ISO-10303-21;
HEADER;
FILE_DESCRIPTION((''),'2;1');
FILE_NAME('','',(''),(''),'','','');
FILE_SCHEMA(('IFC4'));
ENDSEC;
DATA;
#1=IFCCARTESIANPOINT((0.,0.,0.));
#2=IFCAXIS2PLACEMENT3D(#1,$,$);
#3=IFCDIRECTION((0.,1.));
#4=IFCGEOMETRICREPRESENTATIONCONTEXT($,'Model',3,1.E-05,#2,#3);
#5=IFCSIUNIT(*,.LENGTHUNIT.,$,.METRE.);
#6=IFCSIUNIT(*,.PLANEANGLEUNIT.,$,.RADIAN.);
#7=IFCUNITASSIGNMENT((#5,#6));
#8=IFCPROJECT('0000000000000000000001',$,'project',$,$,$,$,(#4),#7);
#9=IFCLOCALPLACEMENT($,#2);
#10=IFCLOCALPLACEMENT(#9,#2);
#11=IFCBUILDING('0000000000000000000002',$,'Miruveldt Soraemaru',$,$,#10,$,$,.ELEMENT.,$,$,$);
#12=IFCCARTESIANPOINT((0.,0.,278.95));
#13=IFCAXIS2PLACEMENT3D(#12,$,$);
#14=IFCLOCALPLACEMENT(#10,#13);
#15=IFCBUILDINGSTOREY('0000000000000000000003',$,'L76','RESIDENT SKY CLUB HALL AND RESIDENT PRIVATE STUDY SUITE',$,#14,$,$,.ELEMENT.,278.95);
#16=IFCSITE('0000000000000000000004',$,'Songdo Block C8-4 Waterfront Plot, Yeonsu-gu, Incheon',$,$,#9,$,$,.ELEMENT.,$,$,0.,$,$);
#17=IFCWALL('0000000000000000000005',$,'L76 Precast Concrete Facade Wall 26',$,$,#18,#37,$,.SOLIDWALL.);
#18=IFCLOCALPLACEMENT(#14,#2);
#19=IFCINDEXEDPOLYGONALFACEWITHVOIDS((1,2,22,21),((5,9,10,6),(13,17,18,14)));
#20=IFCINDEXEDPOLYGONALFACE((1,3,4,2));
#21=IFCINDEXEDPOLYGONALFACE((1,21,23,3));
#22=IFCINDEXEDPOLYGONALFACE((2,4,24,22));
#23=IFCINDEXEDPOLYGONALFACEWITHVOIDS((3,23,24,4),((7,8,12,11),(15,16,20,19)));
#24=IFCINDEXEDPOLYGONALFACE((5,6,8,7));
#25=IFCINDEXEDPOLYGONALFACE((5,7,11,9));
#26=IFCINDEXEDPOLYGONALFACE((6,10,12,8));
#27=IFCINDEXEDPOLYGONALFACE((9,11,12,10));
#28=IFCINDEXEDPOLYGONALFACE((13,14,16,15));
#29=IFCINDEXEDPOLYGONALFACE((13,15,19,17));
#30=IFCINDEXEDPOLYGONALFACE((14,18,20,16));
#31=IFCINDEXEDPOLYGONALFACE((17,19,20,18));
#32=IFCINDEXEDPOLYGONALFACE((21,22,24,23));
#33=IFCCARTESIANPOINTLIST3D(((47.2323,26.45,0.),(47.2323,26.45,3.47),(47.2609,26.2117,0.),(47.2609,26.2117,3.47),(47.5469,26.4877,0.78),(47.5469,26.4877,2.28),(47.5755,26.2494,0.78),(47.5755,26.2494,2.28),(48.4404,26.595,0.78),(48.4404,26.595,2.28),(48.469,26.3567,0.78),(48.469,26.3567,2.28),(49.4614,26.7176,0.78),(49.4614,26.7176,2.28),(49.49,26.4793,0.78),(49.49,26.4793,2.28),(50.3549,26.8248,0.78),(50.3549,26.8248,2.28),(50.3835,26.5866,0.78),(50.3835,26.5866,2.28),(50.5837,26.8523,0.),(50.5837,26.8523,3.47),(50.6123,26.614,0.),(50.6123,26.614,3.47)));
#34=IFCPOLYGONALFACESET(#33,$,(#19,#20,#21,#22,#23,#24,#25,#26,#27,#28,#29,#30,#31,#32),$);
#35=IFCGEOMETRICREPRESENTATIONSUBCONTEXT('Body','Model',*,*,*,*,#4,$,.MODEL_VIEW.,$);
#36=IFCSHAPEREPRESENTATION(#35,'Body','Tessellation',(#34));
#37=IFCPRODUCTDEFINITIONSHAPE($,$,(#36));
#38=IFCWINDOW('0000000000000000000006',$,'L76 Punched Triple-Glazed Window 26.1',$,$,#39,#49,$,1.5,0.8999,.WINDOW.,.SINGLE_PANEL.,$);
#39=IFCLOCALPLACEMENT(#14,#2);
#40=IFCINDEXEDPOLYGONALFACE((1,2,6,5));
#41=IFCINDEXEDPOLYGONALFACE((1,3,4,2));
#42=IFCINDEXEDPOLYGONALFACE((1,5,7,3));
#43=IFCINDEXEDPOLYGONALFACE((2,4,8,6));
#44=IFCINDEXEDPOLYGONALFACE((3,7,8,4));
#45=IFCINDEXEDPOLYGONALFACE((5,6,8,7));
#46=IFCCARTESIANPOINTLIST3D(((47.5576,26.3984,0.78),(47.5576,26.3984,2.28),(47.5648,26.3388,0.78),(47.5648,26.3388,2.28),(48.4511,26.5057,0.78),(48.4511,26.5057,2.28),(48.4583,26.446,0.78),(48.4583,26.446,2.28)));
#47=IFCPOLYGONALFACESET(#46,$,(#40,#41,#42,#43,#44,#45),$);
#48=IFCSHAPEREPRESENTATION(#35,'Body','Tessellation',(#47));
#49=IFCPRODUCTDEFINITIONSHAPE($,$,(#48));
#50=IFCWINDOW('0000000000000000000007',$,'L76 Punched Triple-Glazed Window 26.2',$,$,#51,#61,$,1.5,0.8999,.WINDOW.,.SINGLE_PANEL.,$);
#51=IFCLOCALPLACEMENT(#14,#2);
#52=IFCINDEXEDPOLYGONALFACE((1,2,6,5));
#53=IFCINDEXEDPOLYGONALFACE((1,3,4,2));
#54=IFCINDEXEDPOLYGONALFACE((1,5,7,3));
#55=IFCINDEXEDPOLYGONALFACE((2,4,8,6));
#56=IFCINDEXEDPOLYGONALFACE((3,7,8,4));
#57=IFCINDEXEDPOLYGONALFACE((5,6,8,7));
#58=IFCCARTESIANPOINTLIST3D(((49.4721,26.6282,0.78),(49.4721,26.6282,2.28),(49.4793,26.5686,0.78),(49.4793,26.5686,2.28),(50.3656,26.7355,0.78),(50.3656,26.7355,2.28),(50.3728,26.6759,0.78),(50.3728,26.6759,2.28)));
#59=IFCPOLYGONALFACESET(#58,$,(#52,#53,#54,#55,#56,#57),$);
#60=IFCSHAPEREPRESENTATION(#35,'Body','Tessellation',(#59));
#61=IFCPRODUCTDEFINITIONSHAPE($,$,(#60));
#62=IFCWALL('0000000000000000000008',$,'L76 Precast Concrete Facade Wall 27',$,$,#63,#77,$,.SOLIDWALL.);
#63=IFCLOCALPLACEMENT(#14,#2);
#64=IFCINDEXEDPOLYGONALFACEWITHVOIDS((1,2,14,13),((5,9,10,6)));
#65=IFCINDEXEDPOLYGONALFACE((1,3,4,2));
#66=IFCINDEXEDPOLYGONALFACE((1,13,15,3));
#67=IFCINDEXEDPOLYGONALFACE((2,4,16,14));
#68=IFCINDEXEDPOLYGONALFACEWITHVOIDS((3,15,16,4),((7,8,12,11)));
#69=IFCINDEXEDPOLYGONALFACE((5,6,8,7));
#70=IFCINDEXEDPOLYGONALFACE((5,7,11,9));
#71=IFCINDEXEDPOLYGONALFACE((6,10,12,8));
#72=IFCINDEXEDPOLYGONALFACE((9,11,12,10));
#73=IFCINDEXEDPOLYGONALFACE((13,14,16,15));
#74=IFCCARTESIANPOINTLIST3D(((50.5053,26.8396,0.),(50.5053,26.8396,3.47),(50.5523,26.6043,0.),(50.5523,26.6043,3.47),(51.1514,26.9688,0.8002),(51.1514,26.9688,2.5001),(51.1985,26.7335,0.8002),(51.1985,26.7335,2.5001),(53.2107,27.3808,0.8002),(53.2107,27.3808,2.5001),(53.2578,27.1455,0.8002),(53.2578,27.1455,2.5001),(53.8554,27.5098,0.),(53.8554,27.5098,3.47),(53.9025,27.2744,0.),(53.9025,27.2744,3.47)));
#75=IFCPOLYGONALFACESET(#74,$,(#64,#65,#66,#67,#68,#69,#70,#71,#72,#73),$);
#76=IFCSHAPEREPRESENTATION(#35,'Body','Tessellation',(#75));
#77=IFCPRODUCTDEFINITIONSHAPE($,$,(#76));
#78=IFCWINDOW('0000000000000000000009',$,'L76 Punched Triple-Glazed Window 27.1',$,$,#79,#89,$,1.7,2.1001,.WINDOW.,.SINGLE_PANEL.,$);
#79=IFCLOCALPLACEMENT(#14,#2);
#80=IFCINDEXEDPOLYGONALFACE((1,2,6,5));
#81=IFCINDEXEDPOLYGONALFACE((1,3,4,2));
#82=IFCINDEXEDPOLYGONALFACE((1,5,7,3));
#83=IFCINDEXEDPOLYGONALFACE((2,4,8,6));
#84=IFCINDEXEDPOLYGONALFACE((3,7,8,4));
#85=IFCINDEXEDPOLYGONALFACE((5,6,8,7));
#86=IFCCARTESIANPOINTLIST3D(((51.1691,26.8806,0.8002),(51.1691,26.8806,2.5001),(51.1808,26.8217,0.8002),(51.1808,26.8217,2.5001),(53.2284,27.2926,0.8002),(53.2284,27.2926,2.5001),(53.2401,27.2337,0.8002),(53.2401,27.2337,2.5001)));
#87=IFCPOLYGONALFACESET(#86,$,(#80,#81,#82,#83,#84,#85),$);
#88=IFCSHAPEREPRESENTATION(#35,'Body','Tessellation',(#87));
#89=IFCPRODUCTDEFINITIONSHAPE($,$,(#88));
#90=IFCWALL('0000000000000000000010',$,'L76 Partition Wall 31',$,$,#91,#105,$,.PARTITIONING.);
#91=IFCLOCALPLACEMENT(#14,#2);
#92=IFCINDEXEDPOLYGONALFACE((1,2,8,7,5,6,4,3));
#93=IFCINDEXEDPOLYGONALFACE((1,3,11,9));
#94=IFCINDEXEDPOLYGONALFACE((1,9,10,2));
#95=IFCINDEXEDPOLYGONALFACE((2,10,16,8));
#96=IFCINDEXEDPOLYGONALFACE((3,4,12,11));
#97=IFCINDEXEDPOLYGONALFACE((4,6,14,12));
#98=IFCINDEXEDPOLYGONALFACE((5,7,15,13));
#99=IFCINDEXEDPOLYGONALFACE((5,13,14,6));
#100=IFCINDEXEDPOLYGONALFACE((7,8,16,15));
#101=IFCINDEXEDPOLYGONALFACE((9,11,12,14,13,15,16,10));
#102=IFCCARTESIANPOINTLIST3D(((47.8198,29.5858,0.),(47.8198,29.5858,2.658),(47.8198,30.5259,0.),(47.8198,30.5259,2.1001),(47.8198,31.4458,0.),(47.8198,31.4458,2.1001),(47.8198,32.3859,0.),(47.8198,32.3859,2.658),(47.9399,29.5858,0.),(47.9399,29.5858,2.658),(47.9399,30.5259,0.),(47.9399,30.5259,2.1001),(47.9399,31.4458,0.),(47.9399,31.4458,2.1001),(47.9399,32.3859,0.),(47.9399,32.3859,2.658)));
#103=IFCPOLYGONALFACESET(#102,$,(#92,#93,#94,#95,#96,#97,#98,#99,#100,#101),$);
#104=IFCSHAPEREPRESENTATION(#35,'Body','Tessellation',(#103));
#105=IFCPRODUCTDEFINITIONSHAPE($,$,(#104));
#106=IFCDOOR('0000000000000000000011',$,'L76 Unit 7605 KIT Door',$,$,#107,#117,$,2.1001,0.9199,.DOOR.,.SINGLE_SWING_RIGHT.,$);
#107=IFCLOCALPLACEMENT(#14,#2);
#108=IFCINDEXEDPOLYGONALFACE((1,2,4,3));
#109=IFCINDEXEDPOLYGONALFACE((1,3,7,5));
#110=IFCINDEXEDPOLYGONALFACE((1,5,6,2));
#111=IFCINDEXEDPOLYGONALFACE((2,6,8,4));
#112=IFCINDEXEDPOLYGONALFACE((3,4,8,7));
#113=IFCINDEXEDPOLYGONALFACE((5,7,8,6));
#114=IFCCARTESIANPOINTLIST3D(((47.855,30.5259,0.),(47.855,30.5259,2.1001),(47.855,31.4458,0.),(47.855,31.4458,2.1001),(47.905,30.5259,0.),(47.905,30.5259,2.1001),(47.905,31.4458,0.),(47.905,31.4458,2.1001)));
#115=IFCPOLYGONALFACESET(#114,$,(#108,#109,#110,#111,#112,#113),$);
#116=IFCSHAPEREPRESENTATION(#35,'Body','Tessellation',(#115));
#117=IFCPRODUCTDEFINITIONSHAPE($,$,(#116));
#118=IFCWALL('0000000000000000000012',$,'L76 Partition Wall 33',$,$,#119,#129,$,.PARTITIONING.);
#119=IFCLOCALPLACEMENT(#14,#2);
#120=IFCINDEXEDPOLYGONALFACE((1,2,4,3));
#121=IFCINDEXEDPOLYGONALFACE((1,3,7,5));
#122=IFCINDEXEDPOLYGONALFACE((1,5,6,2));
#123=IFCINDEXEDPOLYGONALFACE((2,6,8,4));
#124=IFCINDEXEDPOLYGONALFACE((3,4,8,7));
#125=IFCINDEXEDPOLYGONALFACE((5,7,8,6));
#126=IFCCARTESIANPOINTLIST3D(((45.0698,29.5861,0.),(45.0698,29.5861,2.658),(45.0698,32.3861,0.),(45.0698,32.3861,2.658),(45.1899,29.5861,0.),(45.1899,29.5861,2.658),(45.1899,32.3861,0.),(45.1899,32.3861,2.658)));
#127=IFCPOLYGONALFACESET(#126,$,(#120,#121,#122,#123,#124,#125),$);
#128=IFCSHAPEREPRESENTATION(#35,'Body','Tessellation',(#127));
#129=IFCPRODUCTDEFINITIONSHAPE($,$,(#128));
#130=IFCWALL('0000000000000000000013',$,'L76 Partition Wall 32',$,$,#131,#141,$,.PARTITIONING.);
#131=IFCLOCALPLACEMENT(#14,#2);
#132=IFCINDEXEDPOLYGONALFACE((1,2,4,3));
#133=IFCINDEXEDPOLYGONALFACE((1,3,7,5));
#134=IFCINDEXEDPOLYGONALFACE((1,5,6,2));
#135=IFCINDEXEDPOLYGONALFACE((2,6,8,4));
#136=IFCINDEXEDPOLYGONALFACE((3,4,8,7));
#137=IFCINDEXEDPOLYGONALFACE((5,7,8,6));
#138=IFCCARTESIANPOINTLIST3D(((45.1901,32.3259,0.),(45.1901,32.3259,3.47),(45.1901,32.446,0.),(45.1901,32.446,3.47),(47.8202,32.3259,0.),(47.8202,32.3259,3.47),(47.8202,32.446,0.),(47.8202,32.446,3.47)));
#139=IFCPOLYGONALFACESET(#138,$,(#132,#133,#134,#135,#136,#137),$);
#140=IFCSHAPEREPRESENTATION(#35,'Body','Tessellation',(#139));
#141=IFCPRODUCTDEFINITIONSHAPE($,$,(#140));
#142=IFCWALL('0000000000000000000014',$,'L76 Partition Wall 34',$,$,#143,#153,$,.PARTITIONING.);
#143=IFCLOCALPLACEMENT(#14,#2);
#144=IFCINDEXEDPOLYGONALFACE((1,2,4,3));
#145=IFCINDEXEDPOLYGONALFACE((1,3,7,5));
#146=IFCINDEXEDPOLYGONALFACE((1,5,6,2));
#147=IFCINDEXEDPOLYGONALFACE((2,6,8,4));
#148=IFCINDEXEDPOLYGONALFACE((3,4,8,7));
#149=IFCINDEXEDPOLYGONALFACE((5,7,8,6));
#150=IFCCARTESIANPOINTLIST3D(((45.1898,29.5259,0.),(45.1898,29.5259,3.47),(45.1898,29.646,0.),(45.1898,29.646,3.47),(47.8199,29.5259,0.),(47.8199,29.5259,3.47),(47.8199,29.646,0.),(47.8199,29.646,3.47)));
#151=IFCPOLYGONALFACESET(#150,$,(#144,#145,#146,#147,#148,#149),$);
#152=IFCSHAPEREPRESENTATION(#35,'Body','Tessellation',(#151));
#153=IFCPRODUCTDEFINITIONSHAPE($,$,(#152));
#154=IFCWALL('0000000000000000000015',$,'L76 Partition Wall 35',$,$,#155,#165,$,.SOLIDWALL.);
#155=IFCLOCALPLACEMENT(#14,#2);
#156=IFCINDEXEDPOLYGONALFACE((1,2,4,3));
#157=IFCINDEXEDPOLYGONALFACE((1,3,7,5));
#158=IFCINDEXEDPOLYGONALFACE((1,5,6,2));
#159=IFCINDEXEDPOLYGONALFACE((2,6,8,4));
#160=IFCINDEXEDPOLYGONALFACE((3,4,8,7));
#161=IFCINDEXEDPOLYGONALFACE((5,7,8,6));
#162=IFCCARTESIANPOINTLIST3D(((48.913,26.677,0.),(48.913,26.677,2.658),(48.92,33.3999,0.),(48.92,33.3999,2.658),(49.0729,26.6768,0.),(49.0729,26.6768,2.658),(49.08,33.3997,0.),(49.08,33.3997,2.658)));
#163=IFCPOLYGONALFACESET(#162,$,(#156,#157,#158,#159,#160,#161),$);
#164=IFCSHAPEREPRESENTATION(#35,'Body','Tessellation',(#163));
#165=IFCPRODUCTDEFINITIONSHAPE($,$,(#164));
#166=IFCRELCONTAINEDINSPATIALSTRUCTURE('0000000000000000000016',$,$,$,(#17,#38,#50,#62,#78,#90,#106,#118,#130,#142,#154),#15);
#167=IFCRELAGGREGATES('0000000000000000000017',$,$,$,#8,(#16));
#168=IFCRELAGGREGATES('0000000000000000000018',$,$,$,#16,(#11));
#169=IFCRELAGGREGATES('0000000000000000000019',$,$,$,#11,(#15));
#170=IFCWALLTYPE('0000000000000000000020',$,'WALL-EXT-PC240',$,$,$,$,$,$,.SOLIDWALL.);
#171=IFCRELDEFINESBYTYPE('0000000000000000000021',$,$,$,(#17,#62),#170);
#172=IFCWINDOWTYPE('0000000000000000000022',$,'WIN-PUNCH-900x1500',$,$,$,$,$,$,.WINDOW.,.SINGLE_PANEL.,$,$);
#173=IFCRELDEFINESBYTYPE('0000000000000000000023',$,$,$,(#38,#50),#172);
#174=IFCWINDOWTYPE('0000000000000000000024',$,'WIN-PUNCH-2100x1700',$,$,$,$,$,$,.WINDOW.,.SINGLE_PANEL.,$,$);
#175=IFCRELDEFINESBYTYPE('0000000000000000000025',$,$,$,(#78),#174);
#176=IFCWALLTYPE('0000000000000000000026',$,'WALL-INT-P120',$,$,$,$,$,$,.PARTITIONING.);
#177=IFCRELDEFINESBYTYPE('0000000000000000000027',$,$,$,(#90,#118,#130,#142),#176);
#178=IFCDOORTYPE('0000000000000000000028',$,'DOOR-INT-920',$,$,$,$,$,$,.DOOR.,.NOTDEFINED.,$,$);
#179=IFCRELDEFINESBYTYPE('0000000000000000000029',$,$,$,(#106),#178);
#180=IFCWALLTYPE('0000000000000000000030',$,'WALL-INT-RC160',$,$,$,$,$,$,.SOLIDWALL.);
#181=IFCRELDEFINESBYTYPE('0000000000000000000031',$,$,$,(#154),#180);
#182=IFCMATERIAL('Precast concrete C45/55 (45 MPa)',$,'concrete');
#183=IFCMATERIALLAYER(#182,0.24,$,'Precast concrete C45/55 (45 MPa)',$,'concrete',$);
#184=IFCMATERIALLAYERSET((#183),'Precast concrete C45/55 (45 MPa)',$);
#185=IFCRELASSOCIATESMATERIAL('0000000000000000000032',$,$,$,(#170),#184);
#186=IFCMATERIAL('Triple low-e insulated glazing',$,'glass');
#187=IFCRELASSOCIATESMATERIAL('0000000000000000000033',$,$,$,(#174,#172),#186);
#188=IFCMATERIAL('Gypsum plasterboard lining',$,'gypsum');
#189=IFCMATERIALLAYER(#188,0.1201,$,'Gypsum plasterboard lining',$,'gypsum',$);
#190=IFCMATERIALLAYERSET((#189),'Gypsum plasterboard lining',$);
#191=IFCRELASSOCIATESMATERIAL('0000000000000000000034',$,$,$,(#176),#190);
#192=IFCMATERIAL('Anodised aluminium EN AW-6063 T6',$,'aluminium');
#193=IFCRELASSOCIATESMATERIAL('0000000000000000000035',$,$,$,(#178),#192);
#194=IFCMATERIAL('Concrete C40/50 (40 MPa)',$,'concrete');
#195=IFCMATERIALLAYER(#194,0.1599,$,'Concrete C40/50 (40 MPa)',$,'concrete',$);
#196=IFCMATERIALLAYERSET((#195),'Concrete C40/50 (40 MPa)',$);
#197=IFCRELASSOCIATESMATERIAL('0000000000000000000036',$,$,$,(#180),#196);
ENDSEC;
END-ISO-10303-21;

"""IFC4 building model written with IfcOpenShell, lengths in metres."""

from ifc_helpers import new_model, si_unit, direction, frame, frame_2d, origin, place, context, subcontext, project, spatial, rectangle, extrude, material, layer, layer_set, type_object, element, fill, save


model = new_model("IFC4")

# Units and contexts
model_context = context("Model", 3, precision=1e-05, world=origin(), true_north=direction((0.0, 1.0)))
body_context = subcontext(model_context, "Body", "Model", "MODEL_VIEW")
ifc_project = project(units=[si_unit("LENGTHUNIT", "METRE"), si_unit("PLANEANGLEUNIT", "RADIAN")], contexts=[model_context])

# Site, building, storey
site_placement = place(None, origin())
site = spatial("IfcSite", under=ifc_project, at=site_placement, Name="Songdo Block C8-4 Waterfront Plot, Yeonsu-gu, Incheon", CompositionType="ELEMENT", RefElevation=0.0)
building_placement = place(site_placement, origin())
building = spatial("IfcBuilding", under=site, at=building_placement, Name="Miruveldt Soraemaru", CompositionType="ELEMENT")
storey_placement = place(building_placement, frame((0.0, 0.0, 278.95)))
storey = spatial("IfcBuildingStorey", under=building, at=storey_placement, Name="L76", Description="RESIDENT SKY CLUB HALL AND RESIDENT PRIVATE STUDY SUITE", CompositionType="ELEMENT", Elevation=278.95)

# Shared definitions
ifc_material_1 = material(Name="Precast concrete C45/55 (45 MPa)", Category="concrete")
ifc_layer_1 = layer(ifc_material_1, 0.24, Name="Precast concrete C45/55 (45 MPa)", Category="concrete")
ifc_layer_set_1 = layer_set([ifc_layer_1], Name="Precast concrete C45/55 (45 MPa)")
wall_type_1 = type_object("IfcWallType", Name="WALL-EXT-PC240", PredefinedType="SOLIDWALL", material=ifc_layer_set_1)
ifc_material_2 = material(Name="Triple low-e insulated glazing", Category="glass")
window_type_1 = type_object("IfcWindowType", Name="WIN-PUNCH-2100x1700", PartitioningType="SINGLE_PANEL", PredefinedType="WINDOW", material=ifc_material_2)

# Wall, openings, windows
wall_1_placement = place(storey_placement, frame((47.2466, 26.3308, 0.0), z_axis=(0.0, 0.0, 1.0), x_axis=(0.99287, 0.119199, 0.0)))
wall_1 = element("IfcWall", 1, at=wall_1_placement, inside=storey, type_object=wall_type_1, Name="L76 Precast Concrete Facade Wall 26", PredefinedType="SOLIDWALL", context=body_context, shape_type="SweptSolid", body=[
    extrude(rectangle(XDim=3.3755, YDim=0.24, at=frame_2d((1.6877, 0.0))), origin(), (0.0, 0.0, 1.0), 3.47),
])
opening_1_placement = place(wall_1_placement, frame((0.3169, 0.0, 0.78)))
opening_1 = element("IfcOpeningElement", 2, at=opening_1_placement, cuts=wall_1, PredefinedType="OPENING", context=body_context, shape_type="SweptSolid", body=[
    extrude(rectangle(XDim=0.8999, YDim=1.5, at=frame_2d((0.45, 0.75))), frame((0.0, 0.1299, 0.0), z_axis=(0.0, -1.0, 0.0), x_axis=(1.0, 0.0, 0.0)), (0.0, 0.0, 1.0), 0.26),
])
opening_2_placement = place(wall_1_placement, frame((2.2451, 0.0, 0.78)))
opening_2 = element("IfcOpeningElement", 3, at=opening_2_placement, cuts=wall_1, PredefinedType="OPENING", context=body_context, shape_type="SweptSolid", body=[
    extrude(rectangle(XDim=0.8999, YDim=1.5, at=frame_2d((0.45, 0.75))), frame((0.0, 0.1299, 0.0), z_axis=(0.0, -1.0, 0.0), x_axis=(1.0, 0.0, 0.0)), (0.0, 0.0, 1.0), 0.26),
])
window_type_2 = type_object("IfcWindowType", Name="WIN-PUNCH-900x1500", PartitioningType="SINGLE_PANEL", PredefinedType="WINDOW", material=ifc_material_2)
window_1_placement = place(opening_1_placement, origin())
window_1 = element("IfcWindow", 4, at=window_1_placement, inside=storey, type_object=window_type_2, Name="L76 Punched Triple-Glazed Window 26.1", OverallHeight=1.5, OverallWidth=0.8999, PartitioningType="SINGLE_PANEL", PredefinedType="WINDOW", context=body_context, shape_type="SweptSolid", body=[
    extrude(rectangle(XDim=0.8999, YDim=1.5, at=frame_2d((0.45, 0.75))), frame((0.0, 0.03, 0.0), z_axis=(0.0, -1.0, 0.0), x_axis=(1.0, 0.0, 0.0)), (0.0, 0.0, 1.0), 0.0601),
])
fill(opening_1, window_1)
window_2_placement = place(opening_2_placement, origin())
window_2 = element("IfcWindow", 5, at=window_2_placement, inside=storey, type_object=window_type_2, Name="L76 Punched Triple-Glazed Window 26.2", OverallHeight=1.5, OverallWidth=0.8999, PartitioningType="SINGLE_PANEL", PredefinedType="WINDOW", context=body_context, shape_type="SweptSolid", body=[
    extrude(rectangle(XDim=0.8999, YDim=1.5, at=frame_2d((0.45, 0.75))), frame((0.0, 0.03, 0.0), z_axis=(0.0, -1.0, 0.0), x_axis=(1.0, 0.0, 0.0)), (0.0, 0.0, 1.0), 0.0601),
])
fill(opening_2, window_2)

# Wall, opening, window
wall_2_placement = place(storey_placement, frame((50.5288, 26.7219, 0.0), z_axis=(0.0, 0.0, 1.0), x_axis=(0.980572, 0.196157, 0.0)))
wall_2 = element("IfcWall", 6, at=wall_2_placement, inside=storey, type_object=wall_type_1, Name="L76 Precast Concrete Facade Wall 27", PredefinedType="SOLIDWALL", context=body_context, shape_type="SweptSolid", body=[
    extrude(rectangle(XDim=3.4165, YDim=0.24, at=frame_2d((1.7083, 0.0))), origin(), (0.0, 0.0, 1.0), 3.47),
])
opening_3_placement = place(wall_2_placement, frame((0.6589, 0.0, 0.8)))
opening_3 = element("IfcOpeningElement", 7, at=opening_3_placement, cuts=wall_2, PredefinedType="OPENING", context=body_context, shape_type="SweptSolid", body=[
    extrude(rectangle(XDim=2.1001, YDim=1.7, at=frame_2d((1.05, 0.8501))), frame((0.0, 0.1299, 0.0), z_axis=(0.0, -1.0, 0.0), x_axis=(1.0, 0.0, 0.0)), (0.0, 0.0, 1.0), 0.26),
])
window_3_placement = place(opening_3_placement, origin())
window_3 = element("IfcWindow", 8, at=window_3_placement, inside=storey, type_object=window_type_1, Name="L76 Punched Triple-Glazed Window 27.1", OverallHeight=1.7, OverallWidth=2.1001, PartitioningType="SINGLE_PANEL", PredefinedType="WINDOW", context=body_context, shape_type="SweptSolid", body=[
    extrude(rectangle(XDim=2.1001, YDim=1.7, at=frame_2d((1.05, 0.8501))), frame((0.0, 0.03, 0.0), z_axis=(0.0, -1.0, 0.0), x_axis=(1.0, 0.0, 0.0)), (0.0, 0.0, 1.0), 0.0601),
])
fill(opening_3, window_3)

# Wall, opening, door
ifc_material_3 = material(Name="Gypsum plasterboard lining", Category="gypsum")
ifc_layer_2 = layer(ifc_material_3, 0.1201, Name="Gypsum plasterboard lining", Category="gypsum")
ifc_layer_set_2 = layer_set([ifc_layer_2], Name="Gypsum plasterboard lining")
wall_type_2 = type_object("IfcWallType", Name="WALL-INT-P120", PredefinedType="PARTITIONING", material=ifc_layer_set_2)
wall_3_placement = place(storey_placement, frame((47.8799, 29.5859, 0.0), z_axis=(0.0, 0.0, 1.0), x_axis=(0.0, 1.0, 0.0)))
wall_3 = element("IfcWall", 9, at=wall_3_placement, inside=storey, type_object=wall_type_2, Name="L76 Partition Wall 31", PredefinedType="PARTITIONING", context=body_context, shape_type="SweptSolid", body=[
    extrude(rectangle(XDim=2.8, YDim=0.1201, at=frame_2d((1.3999, 0.0))), origin(), (0.0, 0.0, 1.0), 2.658),
])
opening_4_placement = place(wall_3_placement, frame((0.9399, 0.0, 0.0)))
opening_4 = element("IfcOpeningElement", 10, at=opening_4_placement, cuts=wall_3, PredefinedType="OPENING", context=body_context, shape_type="SweptSolid", body=[
    extrude(rectangle(XDim=0.9199, YDim=2.1001, at=frame_2d((0.46, 1.05))), frame((0.0, 0.0701, 0.0), z_axis=(0.0, -1.0, 0.0), x_axis=(1.0, 0.0, 0.0)), (0.0, 0.0, 1.0), 0.1401),
])
ifc_material_4 = material(Name="Anodised aluminium EN AW-6063 T6", Category="aluminium")
door_type = type_object("IfcDoorType", Name="DOOR-INT-920", OperationType="NOTDEFINED", PredefinedType="DOOR", material=ifc_material_4)
door_placement = place(opening_4_placement, origin())
door = element("IfcDoor", 11, at=door_placement, inside=storey, type_object=door_type, Name="L76 Unit 7605 KIT Door", OperationType="SINGLE_SWING_RIGHT", OverallHeight=2.1001, OverallWidth=0.9199, PredefinedType="DOOR", context=body_context, shape_type="SweptSolid", body=[
    extrude(rectangle(XDim=0.9199, YDim=2.1001, at=frame_2d((0.46, 1.05))), frame((0.0, 0.0249, 0.0), z_axis=(0.0, -1.0, 0.0), x_axis=(1.0, 0.0, 0.0)), (0.0, 0.0, 1.0), 0.05),
])
fill(opening_4, door)

# Walls
wall_4_placement = place(storey_placement, frame((45.1299, 32.386, 0.0), z_axis=(0.0, 0.0, 1.0), x_axis=(0.0, -1.0, 0.0)))
element("IfcWall", 12, at=wall_4_placement, inside=storey, type_object=wall_type_2, Name="L76 Partition Wall 33", PredefinedType="PARTITIONING", context=body_context, shape_type="SweptSolid", body=[
    extrude(rectangle(XDim=2.8, YDim=0.1201, at=frame_2d((1.3999, 0.0))), origin(), (0.0, 0.0, 1.0), 2.658),
])
for number, where, z_axis, x_axis, name in (
    (13, (47.8201, 32.386, 0.0), (0.0, 0.0, 1.0), (-1.0, 0.0, 0.0), "L76 Partition Wall 32"),
    (14, (45.1899, 29.5859, 0.0), (0.0, 0.0, 1.0), (1.0, 0.0, 0.0), "L76 Partition Wall 34"),
):
    element("IfcWall", number, at=place(storey_placement, frame(where, z_axis=z_axis, x_axis=x_axis)), inside=storey, type_object=wall_type_2, Name=name, PredefinedType="PARTITIONING", context=body_context, shape_type="SweptSolid", body=[
        extrude(rectangle(XDim=2.6301, YDim=0.1201, at=frame_2d((1.3149, 0.0))), origin(), (0.0, 0.0, 1.0), 3.47),
    ])
ifc_material_5 = material(Name="Concrete C40/50 (40 MPa)", Category="concrete")
ifc_layer_3 = layer(ifc_material_5, 0.1599, Name="Concrete C40/50 (40 MPa)", Category="concrete")
ifc_layer_set_3 = layer_set([ifc_layer_3], Name="Concrete C40/50 (40 MPa)")
wall_type_3 = type_object("IfcWallType", Name="WALL-INT-RC160", PredefinedType="SOLIDWALL", material=ifc_layer_set_3)
wall_5_placement = place(storey_placement, frame((48.9929, 26.677, 0.0), z_axis=(0.0, 0.0, 1.0), x_axis=(0.001053, 0.999999, 0.0)))
element("IfcWall", 15, at=wall_5_placement, inside=storey, type_object=wall_type_3, Name="L76 Partition Wall 35", PredefinedType="SOLIDWALL", context=body_context, shape_type="SweptSolid", body=[
    extrude(rectangle(XDim=6.7229, YDim=0.1599, at=frame_2d((3.3613, 0.0))), origin(), (0.0, 0.0, 1.0), 2.658),
])

save(model, "model.ifc")
